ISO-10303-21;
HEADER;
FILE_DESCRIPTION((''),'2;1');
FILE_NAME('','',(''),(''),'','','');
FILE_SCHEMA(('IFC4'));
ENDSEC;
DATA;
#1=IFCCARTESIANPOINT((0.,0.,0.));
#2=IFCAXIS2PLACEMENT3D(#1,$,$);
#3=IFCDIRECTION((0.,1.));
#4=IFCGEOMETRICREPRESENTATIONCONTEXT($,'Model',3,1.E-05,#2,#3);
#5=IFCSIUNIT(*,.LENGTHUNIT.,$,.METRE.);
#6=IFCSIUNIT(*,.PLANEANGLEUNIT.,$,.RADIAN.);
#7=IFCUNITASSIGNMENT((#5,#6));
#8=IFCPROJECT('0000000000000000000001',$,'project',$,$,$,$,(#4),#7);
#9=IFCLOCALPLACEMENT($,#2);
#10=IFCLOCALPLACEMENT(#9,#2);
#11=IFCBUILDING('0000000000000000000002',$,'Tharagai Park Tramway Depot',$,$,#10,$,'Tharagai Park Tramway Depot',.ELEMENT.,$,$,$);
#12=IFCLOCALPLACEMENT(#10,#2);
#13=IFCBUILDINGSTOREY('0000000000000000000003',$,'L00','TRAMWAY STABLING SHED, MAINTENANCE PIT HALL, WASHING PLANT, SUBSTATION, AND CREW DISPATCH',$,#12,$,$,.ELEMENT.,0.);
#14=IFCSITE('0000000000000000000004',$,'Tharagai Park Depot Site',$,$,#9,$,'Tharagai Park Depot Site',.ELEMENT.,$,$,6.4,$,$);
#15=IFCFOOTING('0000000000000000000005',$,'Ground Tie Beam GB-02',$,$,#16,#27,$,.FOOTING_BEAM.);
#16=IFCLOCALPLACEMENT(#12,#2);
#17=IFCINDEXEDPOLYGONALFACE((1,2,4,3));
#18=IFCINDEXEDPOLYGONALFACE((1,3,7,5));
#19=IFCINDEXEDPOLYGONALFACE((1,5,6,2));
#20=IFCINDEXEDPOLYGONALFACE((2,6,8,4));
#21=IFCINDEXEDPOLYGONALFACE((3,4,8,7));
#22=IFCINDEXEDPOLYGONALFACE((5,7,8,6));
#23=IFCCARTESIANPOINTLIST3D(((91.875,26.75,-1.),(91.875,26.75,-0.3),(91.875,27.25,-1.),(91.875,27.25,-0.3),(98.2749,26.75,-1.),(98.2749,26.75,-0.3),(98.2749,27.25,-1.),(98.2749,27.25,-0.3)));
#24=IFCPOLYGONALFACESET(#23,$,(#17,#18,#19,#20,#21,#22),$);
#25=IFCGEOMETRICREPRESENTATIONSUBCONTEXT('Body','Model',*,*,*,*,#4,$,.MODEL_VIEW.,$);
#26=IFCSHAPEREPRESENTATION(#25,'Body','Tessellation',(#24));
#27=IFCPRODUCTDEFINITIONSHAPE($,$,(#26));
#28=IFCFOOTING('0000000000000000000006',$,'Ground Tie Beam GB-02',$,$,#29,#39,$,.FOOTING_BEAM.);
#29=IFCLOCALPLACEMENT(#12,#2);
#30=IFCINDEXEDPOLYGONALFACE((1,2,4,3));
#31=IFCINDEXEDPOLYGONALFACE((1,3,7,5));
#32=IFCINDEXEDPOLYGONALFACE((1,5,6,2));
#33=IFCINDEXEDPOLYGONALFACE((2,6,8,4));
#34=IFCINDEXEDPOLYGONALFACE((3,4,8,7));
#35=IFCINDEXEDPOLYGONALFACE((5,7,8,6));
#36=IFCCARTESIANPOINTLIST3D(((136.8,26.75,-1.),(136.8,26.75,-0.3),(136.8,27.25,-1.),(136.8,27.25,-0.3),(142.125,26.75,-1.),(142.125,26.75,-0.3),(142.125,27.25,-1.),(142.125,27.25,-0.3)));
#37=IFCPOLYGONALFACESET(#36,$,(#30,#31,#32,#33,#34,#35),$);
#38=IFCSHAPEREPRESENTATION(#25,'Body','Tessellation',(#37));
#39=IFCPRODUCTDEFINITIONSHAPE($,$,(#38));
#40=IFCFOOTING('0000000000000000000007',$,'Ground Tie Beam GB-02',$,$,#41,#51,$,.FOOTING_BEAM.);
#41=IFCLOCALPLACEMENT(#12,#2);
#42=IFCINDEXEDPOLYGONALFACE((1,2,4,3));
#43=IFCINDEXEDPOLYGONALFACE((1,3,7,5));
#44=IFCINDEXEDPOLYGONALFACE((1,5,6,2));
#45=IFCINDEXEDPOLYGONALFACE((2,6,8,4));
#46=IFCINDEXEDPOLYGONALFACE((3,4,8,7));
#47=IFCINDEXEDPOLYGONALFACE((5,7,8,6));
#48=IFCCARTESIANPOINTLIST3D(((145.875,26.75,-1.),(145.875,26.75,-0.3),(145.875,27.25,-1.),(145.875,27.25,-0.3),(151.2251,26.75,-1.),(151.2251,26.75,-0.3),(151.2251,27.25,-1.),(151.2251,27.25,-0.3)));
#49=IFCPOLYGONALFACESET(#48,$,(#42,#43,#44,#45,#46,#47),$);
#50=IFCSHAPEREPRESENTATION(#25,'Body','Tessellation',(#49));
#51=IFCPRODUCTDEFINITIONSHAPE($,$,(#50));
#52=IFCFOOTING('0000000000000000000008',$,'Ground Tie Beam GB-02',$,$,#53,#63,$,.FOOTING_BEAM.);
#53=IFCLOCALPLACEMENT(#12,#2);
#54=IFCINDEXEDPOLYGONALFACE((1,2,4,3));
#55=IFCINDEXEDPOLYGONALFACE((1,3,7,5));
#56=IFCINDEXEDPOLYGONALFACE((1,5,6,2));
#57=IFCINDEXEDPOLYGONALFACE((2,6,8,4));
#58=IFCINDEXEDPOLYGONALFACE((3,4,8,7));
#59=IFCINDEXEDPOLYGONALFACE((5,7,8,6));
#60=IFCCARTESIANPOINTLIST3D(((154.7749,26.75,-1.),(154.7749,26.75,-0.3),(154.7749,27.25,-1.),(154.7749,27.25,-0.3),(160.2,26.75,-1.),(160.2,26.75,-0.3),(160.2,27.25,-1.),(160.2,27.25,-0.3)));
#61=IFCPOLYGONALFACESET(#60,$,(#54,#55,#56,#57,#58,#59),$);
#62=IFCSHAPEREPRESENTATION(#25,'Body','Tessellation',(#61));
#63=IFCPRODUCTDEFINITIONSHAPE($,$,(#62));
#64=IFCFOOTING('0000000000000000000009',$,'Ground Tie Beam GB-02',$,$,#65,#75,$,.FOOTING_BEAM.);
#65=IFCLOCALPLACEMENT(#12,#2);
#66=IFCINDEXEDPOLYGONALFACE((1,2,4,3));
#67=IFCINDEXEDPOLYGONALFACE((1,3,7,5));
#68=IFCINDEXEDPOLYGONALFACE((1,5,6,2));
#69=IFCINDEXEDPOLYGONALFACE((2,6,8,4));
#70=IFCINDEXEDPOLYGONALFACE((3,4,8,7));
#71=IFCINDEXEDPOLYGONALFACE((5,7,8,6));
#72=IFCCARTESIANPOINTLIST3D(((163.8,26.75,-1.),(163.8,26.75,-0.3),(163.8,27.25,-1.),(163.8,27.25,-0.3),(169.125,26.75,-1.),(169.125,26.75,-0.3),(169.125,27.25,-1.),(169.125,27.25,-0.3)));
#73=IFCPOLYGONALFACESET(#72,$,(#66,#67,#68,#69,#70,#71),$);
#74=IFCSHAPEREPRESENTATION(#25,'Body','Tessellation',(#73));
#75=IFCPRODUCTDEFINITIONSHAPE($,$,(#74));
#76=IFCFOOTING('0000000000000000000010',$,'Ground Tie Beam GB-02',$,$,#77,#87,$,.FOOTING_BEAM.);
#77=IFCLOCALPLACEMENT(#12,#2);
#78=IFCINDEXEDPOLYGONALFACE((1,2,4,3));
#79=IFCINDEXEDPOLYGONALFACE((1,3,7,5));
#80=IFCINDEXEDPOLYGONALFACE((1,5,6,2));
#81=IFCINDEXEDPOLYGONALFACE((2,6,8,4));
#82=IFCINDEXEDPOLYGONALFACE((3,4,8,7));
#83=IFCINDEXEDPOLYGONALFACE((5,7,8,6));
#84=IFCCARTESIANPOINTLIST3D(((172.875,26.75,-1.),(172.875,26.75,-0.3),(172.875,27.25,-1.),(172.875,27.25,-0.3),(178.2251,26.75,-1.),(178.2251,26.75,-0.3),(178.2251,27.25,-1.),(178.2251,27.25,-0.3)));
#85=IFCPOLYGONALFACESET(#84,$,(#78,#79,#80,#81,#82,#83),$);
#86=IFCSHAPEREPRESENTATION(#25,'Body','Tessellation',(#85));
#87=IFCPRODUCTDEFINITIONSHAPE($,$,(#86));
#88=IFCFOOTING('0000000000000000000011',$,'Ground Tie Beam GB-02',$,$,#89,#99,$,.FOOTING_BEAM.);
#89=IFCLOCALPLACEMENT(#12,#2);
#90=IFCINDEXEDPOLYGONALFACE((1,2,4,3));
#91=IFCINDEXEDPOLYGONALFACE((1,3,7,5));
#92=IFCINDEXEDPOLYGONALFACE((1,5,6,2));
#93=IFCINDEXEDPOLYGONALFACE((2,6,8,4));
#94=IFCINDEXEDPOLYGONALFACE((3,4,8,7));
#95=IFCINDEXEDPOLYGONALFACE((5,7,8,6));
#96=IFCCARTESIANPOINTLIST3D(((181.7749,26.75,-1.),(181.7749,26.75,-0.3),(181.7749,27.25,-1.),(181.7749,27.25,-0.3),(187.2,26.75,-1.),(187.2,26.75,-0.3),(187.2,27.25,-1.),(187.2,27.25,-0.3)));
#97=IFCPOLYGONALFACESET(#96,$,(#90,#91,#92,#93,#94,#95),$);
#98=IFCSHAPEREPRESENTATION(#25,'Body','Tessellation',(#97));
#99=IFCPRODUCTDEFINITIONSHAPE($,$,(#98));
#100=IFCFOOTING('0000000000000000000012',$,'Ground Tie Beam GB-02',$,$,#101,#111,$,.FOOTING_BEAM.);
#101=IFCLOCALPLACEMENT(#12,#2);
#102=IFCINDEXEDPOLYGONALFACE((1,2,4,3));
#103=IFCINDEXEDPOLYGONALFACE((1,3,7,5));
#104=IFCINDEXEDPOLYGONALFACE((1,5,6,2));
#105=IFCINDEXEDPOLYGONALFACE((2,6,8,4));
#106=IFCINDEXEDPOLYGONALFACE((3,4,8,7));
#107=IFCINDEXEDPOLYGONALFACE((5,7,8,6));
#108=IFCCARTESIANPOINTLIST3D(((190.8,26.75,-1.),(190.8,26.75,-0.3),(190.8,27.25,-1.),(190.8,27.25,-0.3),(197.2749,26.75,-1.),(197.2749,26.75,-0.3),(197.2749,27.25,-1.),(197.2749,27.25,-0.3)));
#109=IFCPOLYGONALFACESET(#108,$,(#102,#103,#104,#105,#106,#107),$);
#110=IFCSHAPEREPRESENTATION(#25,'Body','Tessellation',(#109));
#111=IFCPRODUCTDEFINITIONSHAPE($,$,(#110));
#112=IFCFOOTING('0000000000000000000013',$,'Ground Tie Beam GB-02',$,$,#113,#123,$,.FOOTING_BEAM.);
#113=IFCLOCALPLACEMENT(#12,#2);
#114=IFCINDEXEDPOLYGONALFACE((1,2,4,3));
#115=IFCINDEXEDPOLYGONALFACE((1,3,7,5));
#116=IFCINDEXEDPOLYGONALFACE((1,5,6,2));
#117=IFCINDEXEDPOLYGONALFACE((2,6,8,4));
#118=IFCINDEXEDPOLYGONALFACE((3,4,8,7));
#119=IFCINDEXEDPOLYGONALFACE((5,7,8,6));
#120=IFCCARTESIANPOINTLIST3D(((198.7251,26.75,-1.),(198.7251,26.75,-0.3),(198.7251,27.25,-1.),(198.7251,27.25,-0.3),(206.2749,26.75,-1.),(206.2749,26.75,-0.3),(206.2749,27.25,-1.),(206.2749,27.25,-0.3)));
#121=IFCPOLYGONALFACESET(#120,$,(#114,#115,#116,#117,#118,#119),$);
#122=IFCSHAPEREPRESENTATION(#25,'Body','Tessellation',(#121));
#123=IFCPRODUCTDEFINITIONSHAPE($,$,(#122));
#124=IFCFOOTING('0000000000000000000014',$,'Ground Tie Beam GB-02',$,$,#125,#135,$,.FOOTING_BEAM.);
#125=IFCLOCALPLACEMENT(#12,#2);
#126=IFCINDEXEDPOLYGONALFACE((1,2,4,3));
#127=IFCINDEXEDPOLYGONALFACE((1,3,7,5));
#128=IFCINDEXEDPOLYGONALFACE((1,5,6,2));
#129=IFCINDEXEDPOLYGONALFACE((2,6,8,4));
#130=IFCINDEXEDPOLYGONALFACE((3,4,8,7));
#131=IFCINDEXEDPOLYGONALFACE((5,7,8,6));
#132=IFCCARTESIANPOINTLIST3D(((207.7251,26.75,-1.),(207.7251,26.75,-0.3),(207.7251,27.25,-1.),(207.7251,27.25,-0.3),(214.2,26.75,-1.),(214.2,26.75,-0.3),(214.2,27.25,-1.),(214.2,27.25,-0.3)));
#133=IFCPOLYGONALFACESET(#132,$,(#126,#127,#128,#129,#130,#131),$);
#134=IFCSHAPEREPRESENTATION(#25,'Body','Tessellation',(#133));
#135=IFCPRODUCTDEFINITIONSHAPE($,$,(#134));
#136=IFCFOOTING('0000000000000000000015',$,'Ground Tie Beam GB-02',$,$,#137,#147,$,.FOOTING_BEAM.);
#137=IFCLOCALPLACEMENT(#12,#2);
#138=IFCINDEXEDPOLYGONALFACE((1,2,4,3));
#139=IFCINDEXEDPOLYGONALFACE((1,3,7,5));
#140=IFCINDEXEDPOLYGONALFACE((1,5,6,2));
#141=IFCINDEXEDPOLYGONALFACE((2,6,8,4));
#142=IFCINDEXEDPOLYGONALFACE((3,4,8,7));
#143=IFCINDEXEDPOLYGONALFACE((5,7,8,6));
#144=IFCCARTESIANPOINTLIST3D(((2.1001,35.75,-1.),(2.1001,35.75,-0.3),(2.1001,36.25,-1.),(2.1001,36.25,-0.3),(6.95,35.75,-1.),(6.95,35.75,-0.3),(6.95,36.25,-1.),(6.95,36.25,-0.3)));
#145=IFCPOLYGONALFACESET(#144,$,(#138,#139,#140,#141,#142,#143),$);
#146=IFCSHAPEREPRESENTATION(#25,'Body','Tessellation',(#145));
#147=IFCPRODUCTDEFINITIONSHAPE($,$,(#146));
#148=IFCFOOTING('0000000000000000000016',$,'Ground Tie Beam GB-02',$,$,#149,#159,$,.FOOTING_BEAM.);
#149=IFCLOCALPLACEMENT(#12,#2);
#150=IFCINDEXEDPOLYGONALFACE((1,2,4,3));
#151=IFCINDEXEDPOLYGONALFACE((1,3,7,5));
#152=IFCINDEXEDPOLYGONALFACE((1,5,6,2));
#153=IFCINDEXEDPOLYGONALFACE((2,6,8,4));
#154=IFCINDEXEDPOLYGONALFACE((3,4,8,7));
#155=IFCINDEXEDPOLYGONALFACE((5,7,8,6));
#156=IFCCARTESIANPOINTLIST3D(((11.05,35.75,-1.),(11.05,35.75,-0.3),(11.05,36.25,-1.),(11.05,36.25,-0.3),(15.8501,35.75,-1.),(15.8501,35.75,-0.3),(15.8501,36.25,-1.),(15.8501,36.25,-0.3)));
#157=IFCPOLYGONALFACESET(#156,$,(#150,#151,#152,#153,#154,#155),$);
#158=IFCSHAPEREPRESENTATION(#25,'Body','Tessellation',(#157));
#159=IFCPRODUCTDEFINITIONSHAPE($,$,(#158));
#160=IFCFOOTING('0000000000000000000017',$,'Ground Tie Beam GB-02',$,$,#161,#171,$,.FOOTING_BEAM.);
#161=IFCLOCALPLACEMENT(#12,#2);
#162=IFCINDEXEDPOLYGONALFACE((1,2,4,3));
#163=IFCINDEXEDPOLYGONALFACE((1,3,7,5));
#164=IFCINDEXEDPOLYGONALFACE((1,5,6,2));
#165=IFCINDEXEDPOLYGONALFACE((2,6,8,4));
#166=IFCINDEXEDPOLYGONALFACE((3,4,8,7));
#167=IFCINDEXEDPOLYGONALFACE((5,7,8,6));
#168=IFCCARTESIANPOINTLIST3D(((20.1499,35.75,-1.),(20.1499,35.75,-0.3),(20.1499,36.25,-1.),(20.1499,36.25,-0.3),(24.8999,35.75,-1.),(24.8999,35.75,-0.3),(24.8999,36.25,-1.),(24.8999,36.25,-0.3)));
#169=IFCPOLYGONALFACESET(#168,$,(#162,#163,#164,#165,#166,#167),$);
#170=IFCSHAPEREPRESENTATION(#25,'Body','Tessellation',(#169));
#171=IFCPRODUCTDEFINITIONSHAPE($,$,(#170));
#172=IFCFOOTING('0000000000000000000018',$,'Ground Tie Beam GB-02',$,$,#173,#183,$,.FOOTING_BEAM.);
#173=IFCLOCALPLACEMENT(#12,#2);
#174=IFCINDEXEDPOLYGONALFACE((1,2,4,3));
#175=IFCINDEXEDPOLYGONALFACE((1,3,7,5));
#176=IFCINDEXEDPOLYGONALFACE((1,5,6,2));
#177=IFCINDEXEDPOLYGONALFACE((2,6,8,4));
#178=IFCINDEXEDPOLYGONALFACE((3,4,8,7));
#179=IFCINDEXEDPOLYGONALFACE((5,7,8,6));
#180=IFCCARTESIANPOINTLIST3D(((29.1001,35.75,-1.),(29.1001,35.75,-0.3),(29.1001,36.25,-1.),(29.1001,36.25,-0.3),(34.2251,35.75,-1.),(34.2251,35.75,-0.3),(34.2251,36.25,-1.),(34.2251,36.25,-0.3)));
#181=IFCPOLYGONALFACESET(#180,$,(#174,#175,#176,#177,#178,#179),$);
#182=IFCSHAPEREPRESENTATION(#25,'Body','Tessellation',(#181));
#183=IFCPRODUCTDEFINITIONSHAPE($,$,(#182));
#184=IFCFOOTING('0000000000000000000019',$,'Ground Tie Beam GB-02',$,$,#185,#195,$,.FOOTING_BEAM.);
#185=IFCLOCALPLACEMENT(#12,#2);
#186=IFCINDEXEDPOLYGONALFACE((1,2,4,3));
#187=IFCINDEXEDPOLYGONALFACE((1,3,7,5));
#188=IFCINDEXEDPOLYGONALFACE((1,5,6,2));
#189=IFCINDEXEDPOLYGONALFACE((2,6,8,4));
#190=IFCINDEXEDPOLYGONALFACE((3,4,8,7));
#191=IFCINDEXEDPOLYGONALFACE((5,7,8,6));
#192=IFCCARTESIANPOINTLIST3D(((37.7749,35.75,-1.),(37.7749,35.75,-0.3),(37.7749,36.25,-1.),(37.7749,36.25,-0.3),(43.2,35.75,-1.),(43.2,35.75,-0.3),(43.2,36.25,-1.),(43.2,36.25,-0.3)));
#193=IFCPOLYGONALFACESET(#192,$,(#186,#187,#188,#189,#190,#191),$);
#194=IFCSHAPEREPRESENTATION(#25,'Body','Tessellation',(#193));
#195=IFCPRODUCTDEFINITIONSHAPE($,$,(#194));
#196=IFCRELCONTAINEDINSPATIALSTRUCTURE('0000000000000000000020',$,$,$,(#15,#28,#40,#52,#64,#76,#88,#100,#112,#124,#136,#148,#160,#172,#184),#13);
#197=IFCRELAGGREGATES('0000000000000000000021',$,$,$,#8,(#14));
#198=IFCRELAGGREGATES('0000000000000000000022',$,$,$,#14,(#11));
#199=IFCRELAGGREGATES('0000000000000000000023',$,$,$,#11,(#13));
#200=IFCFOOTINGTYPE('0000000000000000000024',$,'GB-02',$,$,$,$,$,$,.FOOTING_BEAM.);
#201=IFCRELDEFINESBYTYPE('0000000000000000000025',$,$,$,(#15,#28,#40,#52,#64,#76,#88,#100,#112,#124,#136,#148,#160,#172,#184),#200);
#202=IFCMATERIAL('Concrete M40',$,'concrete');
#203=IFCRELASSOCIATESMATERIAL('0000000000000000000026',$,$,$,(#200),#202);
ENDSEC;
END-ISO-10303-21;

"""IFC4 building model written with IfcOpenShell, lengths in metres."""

from ifc_helpers import new_model, si_unit, direction, frame, origin, place, context, subcontext, project, spatial, polyline, outline, extrude, material, type_object, element, save


model = new_model("IFC4")

# Units and contexts
model_context = context("Model", 3, precision=1e-05, world=origin(), true_north=direction((0.0, 1.0)))
body_context = subcontext(model_context, "Body", "Model", "MODEL_VIEW")
ifc_project = project(units=[si_unit("LENGTHUNIT", "METRE"), si_unit("PLANEANGLEUNIT", "RADIAN")], contexts=[model_context])

# Site, building, storey
site_placement = place(None, origin())
site = spatial("IfcSite", under=ifc_project, at=site_placement, Name="Tharagai Park Depot Site", LongName="Tharagai Park Depot Site", CompositionType="ELEMENT", RefElevation=6.4)
building_placement = place(site_placement, origin())
building = spatial("IfcBuilding", under=site, at=building_placement, Name="Tharagai Park Tramway Depot", LongName="Tharagai Park Tramway Depot", CompositionType="ELEMENT")
storey_placement = place(building_placement, origin())
storey = spatial("IfcBuildingStorey", under=building, at=storey_placement, Name="L00", Description="TRAMWAY STABLING SHED, MAINTENANCE PIT HALL, WASHING PLANT, SUBSTATION, AND CREW DISPATCH", CompositionType="ELEMENT", Elevation=0.0)

# Footings
ifc_material = material(Name="Concrete M40", Category="concrete")
footing_type = type_object("IfcFootingType", Name="GB-02", PredefinedType="FOOTING_BEAM", material=ifc_material)
footing_1_placement = place(storey_placement, frame((0.0, 0.0, -1.0)))
element("IfcFooting", 1, at=footing_1_placement, inside=storey, type_object=footing_type, Name="Ground Tie Beam GB-02", PredefinedType="FOOTING_BEAM", context=body_context, shape_type="SweptSolid", body=[
    extrude(outline(polyline([(91.875, 26.75), (98.2749, 26.75), (98.2749, 27.25), (91.875, 27.25), (91.875, 26.75)])), origin(), (0.0, 0.0, 1.0), 0.7),
])
footing_2_placement = place(storey_placement, frame((0.0, 0.0, -1.0)))
element("IfcFooting", 2, at=footing_2_placement, inside=storey, type_object=footing_type, Name="Ground Tie Beam GB-02", PredefinedType="FOOTING_BEAM", context=body_context, shape_type="SweptSolid", body=[
    extrude(outline(polyline([(136.8, 26.75), (142.125, 26.75), (142.125, 27.25), (136.8, 27.25), (136.8, 26.75)])), origin(), (0.0, 0.0, 1.0), 0.7),
])
footing_3_placement = place(storey_placement, frame((0.0, 0.0, -1.0)))
element("IfcFooting", 3, at=footing_3_placement, inside=storey, type_object=footing_type, Name="Ground Tie Beam GB-02", PredefinedType="FOOTING_BEAM", context=body_context, shape_type="SweptSolid", body=[
    extrude(outline(polyline([(145.875, 26.75), (151.2251, 26.75), (151.2251, 27.25), (145.875, 27.25), (145.875, 26.75)])), origin(), (0.0, 0.0, 1.0), 0.7),
])
footing_4_placement = place(storey_placement, frame((0.0, 0.0, -1.0)))
element("IfcFooting", 4, at=footing_4_placement, inside=storey, type_object=footing_type, Name="Ground Tie Beam GB-02", PredefinedType="FOOTING_BEAM", context=body_context, shape_type="SweptSolid", body=[
    extrude(outline(polyline([(154.7749, 26.75), (160.2, 26.75), (160.2, 27.25), (154.7749, 27.25), (154.7749, 26.75)])), origin(), (0.0, 0.0, 1.0), 0.7),
])
footing_5_placement = place(storey_placement, frame((0.0, 0.0, -1.0)))
element("IfcFooting", 5, at=footing_5_placement, inside=storey, type_object=footing_type, Name="Ground Tie Beam GB-02", PredefinedType="FOOTING_BEAM", context=body_context, shape_type="SweptSolid", body=[
    extrude(outline(polyline([(163.8, 26.75), (169.125, 26.75), (169.125, 27.25), (163.8, 27.25), (163.8, 26.75)])), origin(), (0.0, 0.0, 1.0), 0.7),
])
footing_6_placement = place(storey_placement, frame((0.0, 0.0, -1.0)))
element("IfcFooting", 6, at=footing_6_placement, inside=storey, type_object=footing_type, Name="Ground Tie Beam GB-02", PredefinedType="FOOTING_BEAM", context=body_context, shape_type="SweptSolid", body=[
    extrude(outline(polyline([(172.875, 26.75), (178.2251, 26.75), (178.2251, 27.25), (172.875, 27.25), (172.875, 26.75)])), origin(), (0.0, 0.0, 1.0), 0.7),
])
footing_7_placement = place(storey_placement, frame((0.0, 0.0, -1.0)))
element("IfcFooting", 7, at=footing_7_placement, inside=storey, type_object=footing_type, Name="Ground Tie Beam GB-02", PredefinedType="FOOTING_BEAM", context=body_context, shape_type="SweptSolid", body=[
    extrude(outline(polyline([(181.7749, 26.75), (187.2, 26.75), (187.2, 27.25), (181.7749, 27.25), (181.7749, 26.75)])), origin(), (0.0, 0.0, 1.0), 0.7),
])
footing_8_placement = place(storey_placement, frame((0.0, 0.0, -1.0)))
element("IfcFooting", 8, at=footing_8_placement, inside=storey, type_object=footing_type, Name="Ground Tie Beam GB-02", PredefinedType="FOOTING_BEAM", context=body_context, shape_type="SweptSolid", body=[
    extrude(outline(polyline([(190.8, 26.75), (197.2749, 26.75), (197.2749, 27.25), (190.8, 27.25), (190.8, 26.75)])), origin(), (0.0, 0.0, 1.0), 0.7),
])
footing_9_placement = place(storey_placement, frame((0.0, 0.0, -1.0)))
element("IfcFooting", 9, at=footing_9_placement, inside=storey, type_object=footing_type, Name="Ground Tie Beam GB-02", PredefinedType="FOOTING_BEAM", context=body_context, shape_type="SweptSolid", body=[
    extrude(outline(polyline([(198.7251, 26.75), (206.2749, 26.75), (206.2749, 27.25), (198.7251, 27.25), (198.7251, 26.75)])), origin(), (0.0, 0.0, 1.0), 0.7),
])
footing_10_placement = place(storey_placement, frame((0.0, 0.0, -1.0)))
element("IfcFooting", 10, at=footing_10_placement, inside=storey, type_object=footing_type, Name="Ground Tie Beam GB-02", PredefinedType="FOOTING_BEAM", context=body_context, shape_type="SweptSolid", body=[
    extrude(outline(polyline([(207.7251, 26.75), (214.2, 26.75), (214.2, 27.25), (207.7251, 27.25), (207.7251, 26.75)])), origin(), (0.0, 0.0, 1.0), 0.7),
])
footing_11_placement = place(storey_placement, frame((0.0, 0.0, -1.0)))
element("IfcFooting", 11, at=footing_11_placement, inside=storey, type_object=footing_type, Name="Ground Tie Beam GB-02", PredefinedType="FOOTING_BEAM", context=body_context, shape_type="SweptSolid", body=[
    extrude(outline(polyline([(2.1001, 35.75), (6.95, 35.75), (6.95, 36.25), (2.1001, 36.25), (2.1001, 35.75)])), origin(), (0.0, 0.0, 1.0), 0.7),
])
footing_12_placement = place(storey_placement, frame((0.0, 0.0, -1.0)))
element("IfcFooting", 12, at=footing_12_placement, inside=storey, type_object=footing_type, Name="Ground Tie Beam GB-02", PredefinedType="FOOTING_BEAM", context=body_context, shape_type="SweptSolid", body=[
    extrude(outline(polyline([(11.05, 35.75), (15.8501, 35.75), (15.8501, 36.25), (11.05, 36.25), (11.05, 35.75)])), origin(), (0.0, 0.0, 1.0), 0.7),
])
footing_13_placement = place(storey_placement, frame((0.0, 0.0, -1.0)))
element("IfcFooting", 13, at=footing_13_placement, inside=storey, type_object=footing_type, Name="Ground Tie Beam GB-02", PredefinedType="FOOTING_BEAM", context=body_context, shape_type="SweptSolid", body=[
    extrude(outline(polyline([(20.1499, 35.75), (24.8999, 35.75), (24.8999, 36.25), (20.1499, 36.25), (20.1499, 35.75)])), origin(), (0.0, 0.0, 1.0), 0.7),
])
footing_14_placement = place(storey_placement, frame((0.0, 0.0, -1.0)))
element("IfcFooting", 14, at=footing_14_placement, inside=storey, type_object=footing_type, Name="Ground Tie Beam GB-02", PredefinedType="FOOTING_BEAM", context=body_context, shape_type="SweptSolid", body=[
    extrude(outline(polyline([(29.1001, 35.75), (34.2251, 35.75), (34.2251, 36.25), (29.1001, 36.25), (29.1001, 35.75)])), origin(), (0.0, 0.0, 1.0), 0.7),
])
footing_15_placement = place(storey_placement, frame((0.0, 0.0, -1.0)))
element("IfcFooting", 15, at=footing_15_placement, inside=storey, type_object=footing_type, Name="Ground Tie Beam GB-02", PredefinedType="FOOTING_BEAM", context=body_context, shape_type="SweptSolid", body=[
    extrude(outline(polyline([(37.7749, 35.75), (43.2, 35.75), (43.2, 36.25), (37.7749, 36.25), (37.7749, 35.75)])), origin(), (0.0, 0.0, 1.0), 0.7),
])

save(model, "model.ifc")
